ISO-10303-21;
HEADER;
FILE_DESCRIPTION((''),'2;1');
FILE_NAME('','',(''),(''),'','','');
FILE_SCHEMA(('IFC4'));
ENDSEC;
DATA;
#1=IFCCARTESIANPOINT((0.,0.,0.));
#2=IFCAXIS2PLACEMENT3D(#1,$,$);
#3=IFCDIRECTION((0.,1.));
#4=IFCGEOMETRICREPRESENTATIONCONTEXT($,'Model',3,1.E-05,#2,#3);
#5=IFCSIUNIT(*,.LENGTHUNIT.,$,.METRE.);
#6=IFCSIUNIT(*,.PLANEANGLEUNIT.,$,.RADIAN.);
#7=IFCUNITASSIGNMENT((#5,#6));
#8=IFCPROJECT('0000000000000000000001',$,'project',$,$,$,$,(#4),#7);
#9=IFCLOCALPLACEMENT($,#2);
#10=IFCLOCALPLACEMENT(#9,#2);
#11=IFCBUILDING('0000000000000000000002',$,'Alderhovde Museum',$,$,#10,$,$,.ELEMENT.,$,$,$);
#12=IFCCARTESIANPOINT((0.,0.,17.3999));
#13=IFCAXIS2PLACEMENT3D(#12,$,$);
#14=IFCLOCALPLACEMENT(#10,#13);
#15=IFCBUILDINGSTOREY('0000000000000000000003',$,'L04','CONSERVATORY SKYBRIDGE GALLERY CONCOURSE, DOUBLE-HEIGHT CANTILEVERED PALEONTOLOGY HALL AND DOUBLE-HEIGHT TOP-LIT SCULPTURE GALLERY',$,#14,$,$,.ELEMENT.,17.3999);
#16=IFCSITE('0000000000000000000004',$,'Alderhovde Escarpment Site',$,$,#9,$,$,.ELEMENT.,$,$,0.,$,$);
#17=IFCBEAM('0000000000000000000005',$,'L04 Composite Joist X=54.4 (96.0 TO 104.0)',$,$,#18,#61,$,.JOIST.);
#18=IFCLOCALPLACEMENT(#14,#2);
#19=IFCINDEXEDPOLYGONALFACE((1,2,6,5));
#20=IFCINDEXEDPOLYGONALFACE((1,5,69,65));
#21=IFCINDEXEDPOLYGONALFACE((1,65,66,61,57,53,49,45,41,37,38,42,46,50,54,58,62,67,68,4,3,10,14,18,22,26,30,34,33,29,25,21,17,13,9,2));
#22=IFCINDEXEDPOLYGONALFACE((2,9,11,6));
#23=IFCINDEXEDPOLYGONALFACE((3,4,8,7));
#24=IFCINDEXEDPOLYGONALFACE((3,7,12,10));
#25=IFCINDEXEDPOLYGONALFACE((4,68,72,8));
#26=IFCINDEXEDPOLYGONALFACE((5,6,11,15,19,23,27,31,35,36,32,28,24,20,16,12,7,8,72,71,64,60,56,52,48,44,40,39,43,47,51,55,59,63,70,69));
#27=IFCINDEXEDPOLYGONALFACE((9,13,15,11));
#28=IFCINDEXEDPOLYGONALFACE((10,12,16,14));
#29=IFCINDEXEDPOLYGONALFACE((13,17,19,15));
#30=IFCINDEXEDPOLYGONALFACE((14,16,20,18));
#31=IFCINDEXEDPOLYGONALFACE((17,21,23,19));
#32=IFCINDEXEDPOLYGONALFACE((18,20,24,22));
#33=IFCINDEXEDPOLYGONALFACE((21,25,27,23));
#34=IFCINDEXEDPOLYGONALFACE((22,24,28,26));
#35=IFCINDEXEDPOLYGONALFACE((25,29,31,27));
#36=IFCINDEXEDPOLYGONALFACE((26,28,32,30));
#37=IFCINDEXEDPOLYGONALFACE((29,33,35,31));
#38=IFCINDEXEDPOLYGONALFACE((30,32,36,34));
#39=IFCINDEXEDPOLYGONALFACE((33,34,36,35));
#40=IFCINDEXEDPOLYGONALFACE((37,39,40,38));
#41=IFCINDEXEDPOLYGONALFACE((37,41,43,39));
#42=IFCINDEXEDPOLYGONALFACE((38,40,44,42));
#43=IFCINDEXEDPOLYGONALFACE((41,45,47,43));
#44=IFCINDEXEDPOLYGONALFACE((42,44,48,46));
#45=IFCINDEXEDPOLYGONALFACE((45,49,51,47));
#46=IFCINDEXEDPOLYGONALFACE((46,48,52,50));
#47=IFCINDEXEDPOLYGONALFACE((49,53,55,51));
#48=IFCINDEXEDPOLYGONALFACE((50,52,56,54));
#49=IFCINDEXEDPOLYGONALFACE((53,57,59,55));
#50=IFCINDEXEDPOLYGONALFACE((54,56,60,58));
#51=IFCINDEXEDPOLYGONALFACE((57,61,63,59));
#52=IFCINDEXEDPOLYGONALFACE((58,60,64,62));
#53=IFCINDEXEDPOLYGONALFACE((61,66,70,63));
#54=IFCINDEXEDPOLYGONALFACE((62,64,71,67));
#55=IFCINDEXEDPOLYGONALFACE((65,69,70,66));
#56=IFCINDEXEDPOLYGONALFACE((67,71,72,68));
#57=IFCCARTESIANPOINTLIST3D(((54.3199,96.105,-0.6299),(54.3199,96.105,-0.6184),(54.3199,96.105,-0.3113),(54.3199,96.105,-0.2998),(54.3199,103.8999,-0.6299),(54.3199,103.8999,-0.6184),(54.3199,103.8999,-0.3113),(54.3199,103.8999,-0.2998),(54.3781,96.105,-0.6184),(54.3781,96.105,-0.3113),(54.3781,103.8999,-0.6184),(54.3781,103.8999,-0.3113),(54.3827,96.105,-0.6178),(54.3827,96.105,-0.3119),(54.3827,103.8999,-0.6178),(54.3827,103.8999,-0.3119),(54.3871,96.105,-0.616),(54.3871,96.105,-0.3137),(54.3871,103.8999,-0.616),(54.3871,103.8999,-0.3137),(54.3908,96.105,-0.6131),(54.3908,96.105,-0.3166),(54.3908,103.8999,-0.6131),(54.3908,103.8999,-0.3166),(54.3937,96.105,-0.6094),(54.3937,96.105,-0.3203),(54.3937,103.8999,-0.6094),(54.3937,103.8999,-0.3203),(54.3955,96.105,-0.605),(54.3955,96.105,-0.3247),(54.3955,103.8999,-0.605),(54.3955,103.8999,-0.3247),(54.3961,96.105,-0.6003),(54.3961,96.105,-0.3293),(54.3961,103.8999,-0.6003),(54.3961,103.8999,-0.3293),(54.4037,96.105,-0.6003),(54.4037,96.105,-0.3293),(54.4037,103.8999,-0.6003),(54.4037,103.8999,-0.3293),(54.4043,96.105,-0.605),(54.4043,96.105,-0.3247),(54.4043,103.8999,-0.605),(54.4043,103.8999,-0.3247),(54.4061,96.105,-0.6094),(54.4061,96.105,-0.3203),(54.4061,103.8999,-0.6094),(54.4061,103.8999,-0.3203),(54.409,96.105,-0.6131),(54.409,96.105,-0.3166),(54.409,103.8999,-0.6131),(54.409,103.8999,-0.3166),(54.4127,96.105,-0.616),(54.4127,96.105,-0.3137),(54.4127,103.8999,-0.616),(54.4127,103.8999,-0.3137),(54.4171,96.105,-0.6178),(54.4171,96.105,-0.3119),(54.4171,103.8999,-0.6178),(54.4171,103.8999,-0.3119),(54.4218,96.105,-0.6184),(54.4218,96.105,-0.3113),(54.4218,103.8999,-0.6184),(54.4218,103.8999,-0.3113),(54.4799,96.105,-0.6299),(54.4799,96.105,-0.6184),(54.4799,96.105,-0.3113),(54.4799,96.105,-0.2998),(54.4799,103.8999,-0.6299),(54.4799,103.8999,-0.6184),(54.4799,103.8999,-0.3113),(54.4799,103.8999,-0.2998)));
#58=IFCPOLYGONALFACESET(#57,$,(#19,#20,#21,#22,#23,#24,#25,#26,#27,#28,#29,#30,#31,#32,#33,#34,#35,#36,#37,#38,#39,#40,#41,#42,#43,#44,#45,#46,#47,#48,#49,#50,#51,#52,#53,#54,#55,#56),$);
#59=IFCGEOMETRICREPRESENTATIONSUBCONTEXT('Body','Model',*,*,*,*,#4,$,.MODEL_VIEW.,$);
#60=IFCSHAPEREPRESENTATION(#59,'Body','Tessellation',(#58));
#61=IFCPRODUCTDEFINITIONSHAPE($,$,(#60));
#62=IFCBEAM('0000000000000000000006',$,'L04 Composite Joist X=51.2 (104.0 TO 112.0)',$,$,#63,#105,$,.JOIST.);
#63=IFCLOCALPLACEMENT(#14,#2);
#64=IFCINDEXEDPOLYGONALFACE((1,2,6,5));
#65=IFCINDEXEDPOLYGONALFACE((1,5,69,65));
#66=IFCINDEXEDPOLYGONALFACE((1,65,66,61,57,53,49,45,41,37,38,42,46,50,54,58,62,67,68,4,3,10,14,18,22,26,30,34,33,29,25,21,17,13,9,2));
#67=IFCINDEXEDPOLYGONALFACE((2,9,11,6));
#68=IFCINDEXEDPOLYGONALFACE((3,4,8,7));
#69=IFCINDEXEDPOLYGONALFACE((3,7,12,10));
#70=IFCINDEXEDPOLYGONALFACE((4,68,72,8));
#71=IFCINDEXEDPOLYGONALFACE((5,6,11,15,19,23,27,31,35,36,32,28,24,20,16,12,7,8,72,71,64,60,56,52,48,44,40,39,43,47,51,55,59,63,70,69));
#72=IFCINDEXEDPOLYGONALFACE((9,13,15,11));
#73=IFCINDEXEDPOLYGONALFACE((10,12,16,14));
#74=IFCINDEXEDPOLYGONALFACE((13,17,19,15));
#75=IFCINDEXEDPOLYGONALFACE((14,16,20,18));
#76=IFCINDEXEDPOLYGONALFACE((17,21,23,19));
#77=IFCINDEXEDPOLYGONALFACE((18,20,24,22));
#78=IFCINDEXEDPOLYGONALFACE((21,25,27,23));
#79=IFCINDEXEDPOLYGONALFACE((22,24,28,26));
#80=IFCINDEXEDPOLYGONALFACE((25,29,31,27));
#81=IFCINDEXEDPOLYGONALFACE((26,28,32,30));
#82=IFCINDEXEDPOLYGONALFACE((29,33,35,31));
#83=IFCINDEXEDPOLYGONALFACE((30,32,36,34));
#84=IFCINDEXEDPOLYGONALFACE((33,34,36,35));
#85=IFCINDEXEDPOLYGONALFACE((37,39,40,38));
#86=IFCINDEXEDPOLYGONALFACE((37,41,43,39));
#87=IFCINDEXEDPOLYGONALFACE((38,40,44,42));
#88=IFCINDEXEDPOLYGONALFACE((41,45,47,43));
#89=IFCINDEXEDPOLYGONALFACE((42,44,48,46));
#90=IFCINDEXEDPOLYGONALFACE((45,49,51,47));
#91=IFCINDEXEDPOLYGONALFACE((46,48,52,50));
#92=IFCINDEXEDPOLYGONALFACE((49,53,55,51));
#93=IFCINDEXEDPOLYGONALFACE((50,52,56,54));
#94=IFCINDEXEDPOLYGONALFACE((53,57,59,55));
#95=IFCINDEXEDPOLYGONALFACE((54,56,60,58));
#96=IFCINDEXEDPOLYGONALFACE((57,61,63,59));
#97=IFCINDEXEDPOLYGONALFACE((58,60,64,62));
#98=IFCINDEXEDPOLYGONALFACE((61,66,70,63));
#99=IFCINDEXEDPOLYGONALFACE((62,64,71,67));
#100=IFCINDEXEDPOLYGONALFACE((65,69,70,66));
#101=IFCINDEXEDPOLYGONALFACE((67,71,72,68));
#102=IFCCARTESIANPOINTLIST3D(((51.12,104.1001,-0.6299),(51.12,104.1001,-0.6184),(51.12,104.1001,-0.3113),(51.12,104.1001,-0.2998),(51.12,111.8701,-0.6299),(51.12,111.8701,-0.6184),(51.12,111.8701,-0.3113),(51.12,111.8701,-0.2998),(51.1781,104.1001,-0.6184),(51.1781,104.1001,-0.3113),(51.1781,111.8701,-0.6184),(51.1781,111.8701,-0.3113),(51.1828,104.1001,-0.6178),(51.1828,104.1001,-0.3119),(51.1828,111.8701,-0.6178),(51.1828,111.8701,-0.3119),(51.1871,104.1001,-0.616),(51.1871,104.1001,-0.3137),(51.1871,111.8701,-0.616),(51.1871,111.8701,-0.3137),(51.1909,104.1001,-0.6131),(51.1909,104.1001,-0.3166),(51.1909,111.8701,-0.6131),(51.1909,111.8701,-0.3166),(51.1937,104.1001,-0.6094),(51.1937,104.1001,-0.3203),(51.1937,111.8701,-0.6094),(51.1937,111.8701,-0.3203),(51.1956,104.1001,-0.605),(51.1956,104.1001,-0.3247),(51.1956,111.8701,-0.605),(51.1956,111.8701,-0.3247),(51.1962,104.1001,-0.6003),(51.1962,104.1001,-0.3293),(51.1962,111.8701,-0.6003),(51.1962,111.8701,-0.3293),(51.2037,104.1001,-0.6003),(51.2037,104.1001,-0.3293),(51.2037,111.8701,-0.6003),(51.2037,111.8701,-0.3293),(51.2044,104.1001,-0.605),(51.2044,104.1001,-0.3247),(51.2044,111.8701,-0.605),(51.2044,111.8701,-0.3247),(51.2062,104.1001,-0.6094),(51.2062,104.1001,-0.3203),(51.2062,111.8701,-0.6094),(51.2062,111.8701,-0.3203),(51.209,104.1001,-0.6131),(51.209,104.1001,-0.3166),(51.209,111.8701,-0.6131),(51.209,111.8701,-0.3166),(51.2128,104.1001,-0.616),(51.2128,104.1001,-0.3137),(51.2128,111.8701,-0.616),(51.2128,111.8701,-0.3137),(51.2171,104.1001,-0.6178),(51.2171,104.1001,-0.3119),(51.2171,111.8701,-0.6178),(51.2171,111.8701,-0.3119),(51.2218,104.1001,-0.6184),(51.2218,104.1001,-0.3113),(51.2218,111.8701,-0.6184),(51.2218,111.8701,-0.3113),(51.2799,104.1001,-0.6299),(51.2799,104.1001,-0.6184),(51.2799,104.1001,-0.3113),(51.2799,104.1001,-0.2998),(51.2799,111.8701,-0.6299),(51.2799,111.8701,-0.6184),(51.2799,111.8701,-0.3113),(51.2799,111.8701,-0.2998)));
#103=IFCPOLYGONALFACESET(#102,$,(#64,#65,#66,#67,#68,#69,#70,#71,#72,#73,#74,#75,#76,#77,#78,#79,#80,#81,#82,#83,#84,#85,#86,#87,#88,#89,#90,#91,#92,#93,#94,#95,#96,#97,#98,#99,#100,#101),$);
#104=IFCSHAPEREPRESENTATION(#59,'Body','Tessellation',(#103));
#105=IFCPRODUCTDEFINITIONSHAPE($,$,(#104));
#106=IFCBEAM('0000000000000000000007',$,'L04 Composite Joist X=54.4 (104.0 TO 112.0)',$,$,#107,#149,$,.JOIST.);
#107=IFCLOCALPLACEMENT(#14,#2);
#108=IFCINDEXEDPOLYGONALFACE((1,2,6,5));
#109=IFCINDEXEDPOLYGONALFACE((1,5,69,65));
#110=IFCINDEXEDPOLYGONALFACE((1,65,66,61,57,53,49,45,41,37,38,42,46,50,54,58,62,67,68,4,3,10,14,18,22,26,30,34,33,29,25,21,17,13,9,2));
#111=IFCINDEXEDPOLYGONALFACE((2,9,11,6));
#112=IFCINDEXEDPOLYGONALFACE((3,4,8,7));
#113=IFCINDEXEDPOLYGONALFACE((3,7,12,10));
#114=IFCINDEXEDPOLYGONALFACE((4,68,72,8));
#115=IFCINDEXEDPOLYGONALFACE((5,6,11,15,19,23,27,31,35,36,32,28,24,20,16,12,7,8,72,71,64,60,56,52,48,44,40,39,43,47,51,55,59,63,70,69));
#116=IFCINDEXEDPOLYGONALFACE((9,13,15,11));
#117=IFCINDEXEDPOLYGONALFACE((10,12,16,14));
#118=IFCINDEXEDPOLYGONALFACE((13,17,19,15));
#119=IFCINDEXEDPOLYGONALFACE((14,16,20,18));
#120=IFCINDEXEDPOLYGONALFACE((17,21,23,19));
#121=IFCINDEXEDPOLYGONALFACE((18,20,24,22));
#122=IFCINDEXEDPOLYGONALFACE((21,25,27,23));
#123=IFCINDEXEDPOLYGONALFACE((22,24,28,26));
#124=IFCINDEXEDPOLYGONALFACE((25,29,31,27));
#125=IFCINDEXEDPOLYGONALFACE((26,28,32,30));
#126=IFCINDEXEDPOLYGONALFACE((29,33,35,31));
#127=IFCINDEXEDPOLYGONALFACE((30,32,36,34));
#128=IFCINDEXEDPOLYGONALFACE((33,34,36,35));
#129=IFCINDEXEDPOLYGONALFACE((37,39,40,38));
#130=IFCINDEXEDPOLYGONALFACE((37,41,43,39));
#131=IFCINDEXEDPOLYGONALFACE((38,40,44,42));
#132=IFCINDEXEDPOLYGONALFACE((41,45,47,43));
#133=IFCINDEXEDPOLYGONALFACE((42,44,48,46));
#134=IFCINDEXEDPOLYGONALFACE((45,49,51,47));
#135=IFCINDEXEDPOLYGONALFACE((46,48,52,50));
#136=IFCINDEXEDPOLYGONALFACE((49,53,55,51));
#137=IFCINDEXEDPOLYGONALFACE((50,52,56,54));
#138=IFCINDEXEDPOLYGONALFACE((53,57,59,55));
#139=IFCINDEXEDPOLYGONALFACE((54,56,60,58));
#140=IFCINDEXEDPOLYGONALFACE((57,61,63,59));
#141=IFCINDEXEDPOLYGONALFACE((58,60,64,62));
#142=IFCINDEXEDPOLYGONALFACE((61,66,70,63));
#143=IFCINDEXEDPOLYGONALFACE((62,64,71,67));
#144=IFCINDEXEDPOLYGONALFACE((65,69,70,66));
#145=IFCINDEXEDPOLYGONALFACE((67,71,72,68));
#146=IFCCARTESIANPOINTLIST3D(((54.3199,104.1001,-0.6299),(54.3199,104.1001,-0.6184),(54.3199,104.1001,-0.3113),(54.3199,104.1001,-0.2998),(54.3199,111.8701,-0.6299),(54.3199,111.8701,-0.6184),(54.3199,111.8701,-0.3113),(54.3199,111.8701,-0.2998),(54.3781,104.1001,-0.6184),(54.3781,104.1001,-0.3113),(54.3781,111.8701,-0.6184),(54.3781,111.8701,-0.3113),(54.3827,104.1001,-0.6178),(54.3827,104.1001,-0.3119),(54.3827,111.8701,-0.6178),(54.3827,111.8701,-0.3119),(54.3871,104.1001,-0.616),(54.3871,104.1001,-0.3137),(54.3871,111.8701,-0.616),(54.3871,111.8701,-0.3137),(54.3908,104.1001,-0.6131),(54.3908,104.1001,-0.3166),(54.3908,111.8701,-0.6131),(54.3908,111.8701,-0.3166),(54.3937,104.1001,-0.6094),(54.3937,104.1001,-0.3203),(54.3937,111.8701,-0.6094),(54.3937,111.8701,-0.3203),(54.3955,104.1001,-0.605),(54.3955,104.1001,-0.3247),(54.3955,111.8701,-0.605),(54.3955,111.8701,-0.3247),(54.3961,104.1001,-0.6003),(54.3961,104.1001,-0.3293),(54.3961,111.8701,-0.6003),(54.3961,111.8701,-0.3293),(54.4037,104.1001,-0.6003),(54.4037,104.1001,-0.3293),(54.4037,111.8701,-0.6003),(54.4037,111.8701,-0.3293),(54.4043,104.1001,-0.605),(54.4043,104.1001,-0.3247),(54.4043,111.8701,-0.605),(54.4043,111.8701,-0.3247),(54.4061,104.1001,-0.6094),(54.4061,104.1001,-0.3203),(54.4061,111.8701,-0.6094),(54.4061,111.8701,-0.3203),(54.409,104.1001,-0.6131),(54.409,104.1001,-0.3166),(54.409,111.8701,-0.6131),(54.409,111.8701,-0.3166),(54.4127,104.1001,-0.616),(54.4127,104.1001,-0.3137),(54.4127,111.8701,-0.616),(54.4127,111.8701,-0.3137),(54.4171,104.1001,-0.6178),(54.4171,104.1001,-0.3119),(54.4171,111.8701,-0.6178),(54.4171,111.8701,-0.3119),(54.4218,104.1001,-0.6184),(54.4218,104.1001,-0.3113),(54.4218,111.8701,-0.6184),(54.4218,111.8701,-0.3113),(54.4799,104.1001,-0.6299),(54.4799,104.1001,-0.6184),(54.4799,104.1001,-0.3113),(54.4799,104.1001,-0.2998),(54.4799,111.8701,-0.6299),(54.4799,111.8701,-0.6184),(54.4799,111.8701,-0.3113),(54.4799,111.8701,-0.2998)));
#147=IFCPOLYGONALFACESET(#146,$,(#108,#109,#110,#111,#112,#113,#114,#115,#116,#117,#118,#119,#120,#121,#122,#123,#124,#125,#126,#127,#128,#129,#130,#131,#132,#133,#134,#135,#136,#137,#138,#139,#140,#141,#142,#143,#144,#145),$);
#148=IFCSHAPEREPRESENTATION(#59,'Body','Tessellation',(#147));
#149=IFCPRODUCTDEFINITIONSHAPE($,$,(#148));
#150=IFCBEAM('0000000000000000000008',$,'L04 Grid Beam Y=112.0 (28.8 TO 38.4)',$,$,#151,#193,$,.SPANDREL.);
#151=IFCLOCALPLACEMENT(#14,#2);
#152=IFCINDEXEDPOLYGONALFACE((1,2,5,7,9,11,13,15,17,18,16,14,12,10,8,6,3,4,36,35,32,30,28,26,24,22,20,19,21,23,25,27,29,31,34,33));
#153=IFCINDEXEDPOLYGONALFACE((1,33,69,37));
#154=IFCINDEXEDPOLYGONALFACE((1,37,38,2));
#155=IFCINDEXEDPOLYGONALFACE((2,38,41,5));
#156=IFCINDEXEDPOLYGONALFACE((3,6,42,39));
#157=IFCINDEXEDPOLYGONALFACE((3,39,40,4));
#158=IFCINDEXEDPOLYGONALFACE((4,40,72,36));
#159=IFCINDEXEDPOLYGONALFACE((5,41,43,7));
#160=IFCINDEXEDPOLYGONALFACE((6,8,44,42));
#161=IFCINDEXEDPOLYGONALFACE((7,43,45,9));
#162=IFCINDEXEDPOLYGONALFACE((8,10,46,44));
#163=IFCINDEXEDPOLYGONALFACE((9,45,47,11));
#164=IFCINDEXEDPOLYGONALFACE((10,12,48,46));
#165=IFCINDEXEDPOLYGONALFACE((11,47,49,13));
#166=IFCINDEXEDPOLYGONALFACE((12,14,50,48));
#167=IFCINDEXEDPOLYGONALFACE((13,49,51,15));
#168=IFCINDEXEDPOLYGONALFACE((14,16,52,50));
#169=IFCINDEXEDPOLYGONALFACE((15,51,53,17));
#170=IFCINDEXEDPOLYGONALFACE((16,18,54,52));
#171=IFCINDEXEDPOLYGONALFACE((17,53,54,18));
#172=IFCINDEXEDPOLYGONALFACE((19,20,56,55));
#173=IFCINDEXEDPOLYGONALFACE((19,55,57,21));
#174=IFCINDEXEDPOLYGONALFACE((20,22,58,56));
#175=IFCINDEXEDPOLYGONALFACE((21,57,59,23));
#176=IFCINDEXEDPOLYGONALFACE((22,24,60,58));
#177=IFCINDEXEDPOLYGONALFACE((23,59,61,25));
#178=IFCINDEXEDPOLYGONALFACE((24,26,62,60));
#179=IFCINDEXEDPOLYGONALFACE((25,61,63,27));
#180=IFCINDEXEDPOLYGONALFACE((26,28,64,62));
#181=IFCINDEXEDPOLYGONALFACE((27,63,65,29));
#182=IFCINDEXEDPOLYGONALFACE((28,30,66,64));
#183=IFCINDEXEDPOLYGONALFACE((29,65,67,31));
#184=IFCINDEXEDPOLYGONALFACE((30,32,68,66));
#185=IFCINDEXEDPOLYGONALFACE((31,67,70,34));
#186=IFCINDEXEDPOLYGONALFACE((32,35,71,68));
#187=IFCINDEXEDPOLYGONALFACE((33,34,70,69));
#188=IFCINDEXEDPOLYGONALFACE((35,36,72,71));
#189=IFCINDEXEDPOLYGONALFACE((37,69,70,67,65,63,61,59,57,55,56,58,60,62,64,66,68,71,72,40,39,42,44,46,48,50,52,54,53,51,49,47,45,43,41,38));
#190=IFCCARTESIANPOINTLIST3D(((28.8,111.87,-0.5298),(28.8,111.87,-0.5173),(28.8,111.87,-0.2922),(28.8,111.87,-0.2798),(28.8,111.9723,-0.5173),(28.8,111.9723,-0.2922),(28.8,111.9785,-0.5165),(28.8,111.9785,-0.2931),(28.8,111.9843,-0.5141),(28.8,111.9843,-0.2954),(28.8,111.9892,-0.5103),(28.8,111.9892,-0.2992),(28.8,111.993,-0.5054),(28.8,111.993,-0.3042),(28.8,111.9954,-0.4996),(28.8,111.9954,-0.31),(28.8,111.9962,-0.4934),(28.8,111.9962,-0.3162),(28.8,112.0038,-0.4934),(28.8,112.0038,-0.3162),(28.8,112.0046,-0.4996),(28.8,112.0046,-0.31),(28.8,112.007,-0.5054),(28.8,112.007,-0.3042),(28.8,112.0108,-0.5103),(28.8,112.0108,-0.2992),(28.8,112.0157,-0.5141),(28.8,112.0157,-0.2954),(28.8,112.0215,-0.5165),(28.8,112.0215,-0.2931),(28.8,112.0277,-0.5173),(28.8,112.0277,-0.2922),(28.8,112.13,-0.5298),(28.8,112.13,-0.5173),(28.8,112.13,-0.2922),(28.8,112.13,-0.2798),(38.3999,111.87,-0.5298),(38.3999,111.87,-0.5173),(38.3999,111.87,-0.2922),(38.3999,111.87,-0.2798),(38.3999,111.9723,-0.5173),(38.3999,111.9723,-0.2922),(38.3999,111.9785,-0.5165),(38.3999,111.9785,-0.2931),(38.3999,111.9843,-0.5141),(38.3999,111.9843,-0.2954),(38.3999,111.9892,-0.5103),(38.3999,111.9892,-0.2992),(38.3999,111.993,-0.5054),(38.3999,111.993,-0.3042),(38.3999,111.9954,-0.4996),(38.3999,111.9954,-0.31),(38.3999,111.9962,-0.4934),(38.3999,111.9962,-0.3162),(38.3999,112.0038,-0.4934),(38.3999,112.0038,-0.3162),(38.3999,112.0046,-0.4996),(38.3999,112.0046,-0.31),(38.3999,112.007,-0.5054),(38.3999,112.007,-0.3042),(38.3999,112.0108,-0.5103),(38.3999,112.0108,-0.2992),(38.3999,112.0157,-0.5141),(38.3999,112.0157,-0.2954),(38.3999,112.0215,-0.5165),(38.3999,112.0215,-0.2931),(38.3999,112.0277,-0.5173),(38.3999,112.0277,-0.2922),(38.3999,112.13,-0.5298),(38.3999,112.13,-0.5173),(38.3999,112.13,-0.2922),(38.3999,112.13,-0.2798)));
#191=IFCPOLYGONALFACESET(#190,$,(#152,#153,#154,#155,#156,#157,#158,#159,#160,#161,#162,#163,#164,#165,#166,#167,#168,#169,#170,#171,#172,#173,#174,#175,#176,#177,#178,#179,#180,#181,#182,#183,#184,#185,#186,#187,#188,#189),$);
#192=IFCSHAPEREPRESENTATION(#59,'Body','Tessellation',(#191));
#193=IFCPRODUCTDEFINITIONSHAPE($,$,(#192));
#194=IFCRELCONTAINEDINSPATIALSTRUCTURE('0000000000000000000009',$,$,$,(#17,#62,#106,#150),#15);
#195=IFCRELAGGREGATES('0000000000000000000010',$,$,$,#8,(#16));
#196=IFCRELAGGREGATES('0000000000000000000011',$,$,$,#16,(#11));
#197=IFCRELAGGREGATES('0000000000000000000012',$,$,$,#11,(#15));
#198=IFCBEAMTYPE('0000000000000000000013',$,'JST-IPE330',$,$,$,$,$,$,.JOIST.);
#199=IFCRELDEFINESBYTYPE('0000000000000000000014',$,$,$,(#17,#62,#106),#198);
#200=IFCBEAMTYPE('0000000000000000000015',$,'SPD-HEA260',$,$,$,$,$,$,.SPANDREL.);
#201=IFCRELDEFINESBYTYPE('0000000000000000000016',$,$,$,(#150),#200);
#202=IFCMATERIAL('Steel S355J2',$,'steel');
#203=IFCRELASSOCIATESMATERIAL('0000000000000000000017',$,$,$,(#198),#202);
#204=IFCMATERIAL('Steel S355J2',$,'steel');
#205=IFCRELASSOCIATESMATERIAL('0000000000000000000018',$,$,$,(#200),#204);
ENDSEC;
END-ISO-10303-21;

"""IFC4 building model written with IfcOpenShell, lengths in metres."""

from ifc_helpers import new_model, si_unit, direction, frame, origin, origin_2d, place, context, subcontext, project, spatial, i_section, extrude, material, material_profile, profile_set, type_object, element, save


model = new_model("IFC4")

# Units and contexts
model_context = context("Model", 3, precision=1e-05, world=origin(), true_north=direction((0.0, 1.0)))
body_context = subcontext(model_context, "Body", "Model", "MODEL_VIEW")
ifc_project = project(units=[si_unit("LENGTHUNIT", "METRE"), si_unit("PLANEANGLEUNIT", "RADIAN")], contexts=[model_context])

# Site, building, storey
site_placement = place(None, origin())
site = spatial("IfcSite", under=ifc_project, at=site_placement, Name="Alderhovde Escarpment Site", CompositionType="ELEMENT", RefElevation=0.0)
building_placement = place(site_placement, origin())
building = spatial("IfcBuilding", under=site, at=building_placement, Name="Alderhovde Museum", CompositionType="ELEMENT")
storey_placement = place(building_placement, frame((0.0, 0.0, 17.3999)))
storey = spatial("IfcBuildingStorey", under=building, at=storey_placement, Name="L04", Description="CONSERVATORY SKYBRIDGE GALLERY CONCOURSE, DOUBLE-HEIGHT CANTILEVERED PALEONTOLOGY HALL AND DOUBLE-HEIGHT TOP-LIT SCULPTURE GALLERY", CompositionType="ELEMENT", Elevation=17.3999)

# Beams
ifc_material_1 = material(Name="Steel S355J2", Category="steel")
ifc_material_profile_1 = material_profile(ifc_material_1, i_section(OverallWidth=0.1599, OverallDepth=0.3301, WebThickness=0.0076, FlangeThickness=0.0115, FilletRadius=0.0181, at=origin_2d()), Name="IPE 330")
ifc_profile_set_1 = profile_set([ifc_material_profile_1], Name="Steel S355J2")
beam_type_1 = type_object("IfcBeamType", Name="JST-IPE330", PredefinedType="JOIST", material=ifc_profile_set_1)
for number, where, z_axis, x_axis, name in (
    (1, (54.3999, 96.105, -0.4648), (0.0, 1.0, 0.0), (-1.0, 0.0, 0.0), "L04 Composite Joist X=54.4 (96.0 TO 104.0)"),
):
    element("IfcBeam", number, at=place(storey_placement, frame(where, z_axis=z_axis, x_axis=x_axis)), inside=storey, type_object=beam_type_1, Name=name, PredefinedType="JOIST", context=body_context, shape_type="SweptSolid", body=[
        extrude(i_section(OverallWidth=0.1599, OverallDepth=0.3301, WebThickness=0.0076, FlangeThickness=0.0115, FilletRadius=0.0181, at=origin_2d()), origin(), (0.0, 0.0, 1.0), 7.7949),
    ])
for number, where, z_axis, x_axis, name in (
    (2, (51.2, 104.1001, -0.4648), (0.0, 1.0, 0.0), (-1.0, 0.0, 0.0), "L04 Composite Joist X=51.2 (104.0 TO 112.0)"),
    (3, (54.3999, 104.1001, -0.4648), (0.0, 1.0, 0.0), (-1.0, 0.0, 0.0), "L04 Composite Joist X=54.4 (104.0 TO 112.0)"),
):
    element("IfcBeam", number, at=place(storey_placement, frame(where, z_axis=z_axis, x_axis=x_axis)), inside=storey, type_object=beam_type_1, Name=name, PredefinedType="JOIST", context=body_context, shape_type="SweptSolid", body=[
        extrude(i_section(OverallWidth=0.1599, OverallDepth=0.3301, WebThickness=0.0076, FlangeThickness=0.0115, FilletRadius=0.0181, at=origin_2d()), origin(), (0.0, 0.0, 1.0), 7.77),
    ])
ifc_material_2 = material(Name="Steel S355J2", Category="steel")
ifc_material_profile_2 = material_profile(ifc_material_2, i_section(OverallWidth=0.26, OverallDepth=0.25, WebThickness=0.0076, FlangeThickness=0.0125, FilletRadius=0.0239, at=origin_2d()), Name="HEA 260")
ifc_profile_set_2 = profile_set([ifc_material_profile_2], Name="Steel S355J2")
beam_type_2 = type_object("IfcBeamType", Name="SPD-HEA260", PredefinedType="SPANDREL", material=ifc_profile_set_2)
beam_1_placement = place(storey_placement, frame((28.8, 112.0, -0.4048), z_axis=(1.0, 0.0, 0.0), x_axis=(0.0, 1.0, 0.0)))
element("IfcBeam", 4, at=beam_1_placement, inside=storey, type_object=beam_type_2, Name="L04 Grid Beam Y=112.0 (28.8 TO 38.4)", PredefinedType="SPANDREL", context=body_context, shape_type="SweptSolid", body=[
    extrude(i_section(OverallWidth=0.26, OverallDepth=0.25, WebThickness=0.0076, FlangeThickness=0.0125, FilletRadius=0.0239, at=origin_2d()), origin(), (0.0, 0.0, 1.0), 9.5999),
])

save(model, "model.ifc")
